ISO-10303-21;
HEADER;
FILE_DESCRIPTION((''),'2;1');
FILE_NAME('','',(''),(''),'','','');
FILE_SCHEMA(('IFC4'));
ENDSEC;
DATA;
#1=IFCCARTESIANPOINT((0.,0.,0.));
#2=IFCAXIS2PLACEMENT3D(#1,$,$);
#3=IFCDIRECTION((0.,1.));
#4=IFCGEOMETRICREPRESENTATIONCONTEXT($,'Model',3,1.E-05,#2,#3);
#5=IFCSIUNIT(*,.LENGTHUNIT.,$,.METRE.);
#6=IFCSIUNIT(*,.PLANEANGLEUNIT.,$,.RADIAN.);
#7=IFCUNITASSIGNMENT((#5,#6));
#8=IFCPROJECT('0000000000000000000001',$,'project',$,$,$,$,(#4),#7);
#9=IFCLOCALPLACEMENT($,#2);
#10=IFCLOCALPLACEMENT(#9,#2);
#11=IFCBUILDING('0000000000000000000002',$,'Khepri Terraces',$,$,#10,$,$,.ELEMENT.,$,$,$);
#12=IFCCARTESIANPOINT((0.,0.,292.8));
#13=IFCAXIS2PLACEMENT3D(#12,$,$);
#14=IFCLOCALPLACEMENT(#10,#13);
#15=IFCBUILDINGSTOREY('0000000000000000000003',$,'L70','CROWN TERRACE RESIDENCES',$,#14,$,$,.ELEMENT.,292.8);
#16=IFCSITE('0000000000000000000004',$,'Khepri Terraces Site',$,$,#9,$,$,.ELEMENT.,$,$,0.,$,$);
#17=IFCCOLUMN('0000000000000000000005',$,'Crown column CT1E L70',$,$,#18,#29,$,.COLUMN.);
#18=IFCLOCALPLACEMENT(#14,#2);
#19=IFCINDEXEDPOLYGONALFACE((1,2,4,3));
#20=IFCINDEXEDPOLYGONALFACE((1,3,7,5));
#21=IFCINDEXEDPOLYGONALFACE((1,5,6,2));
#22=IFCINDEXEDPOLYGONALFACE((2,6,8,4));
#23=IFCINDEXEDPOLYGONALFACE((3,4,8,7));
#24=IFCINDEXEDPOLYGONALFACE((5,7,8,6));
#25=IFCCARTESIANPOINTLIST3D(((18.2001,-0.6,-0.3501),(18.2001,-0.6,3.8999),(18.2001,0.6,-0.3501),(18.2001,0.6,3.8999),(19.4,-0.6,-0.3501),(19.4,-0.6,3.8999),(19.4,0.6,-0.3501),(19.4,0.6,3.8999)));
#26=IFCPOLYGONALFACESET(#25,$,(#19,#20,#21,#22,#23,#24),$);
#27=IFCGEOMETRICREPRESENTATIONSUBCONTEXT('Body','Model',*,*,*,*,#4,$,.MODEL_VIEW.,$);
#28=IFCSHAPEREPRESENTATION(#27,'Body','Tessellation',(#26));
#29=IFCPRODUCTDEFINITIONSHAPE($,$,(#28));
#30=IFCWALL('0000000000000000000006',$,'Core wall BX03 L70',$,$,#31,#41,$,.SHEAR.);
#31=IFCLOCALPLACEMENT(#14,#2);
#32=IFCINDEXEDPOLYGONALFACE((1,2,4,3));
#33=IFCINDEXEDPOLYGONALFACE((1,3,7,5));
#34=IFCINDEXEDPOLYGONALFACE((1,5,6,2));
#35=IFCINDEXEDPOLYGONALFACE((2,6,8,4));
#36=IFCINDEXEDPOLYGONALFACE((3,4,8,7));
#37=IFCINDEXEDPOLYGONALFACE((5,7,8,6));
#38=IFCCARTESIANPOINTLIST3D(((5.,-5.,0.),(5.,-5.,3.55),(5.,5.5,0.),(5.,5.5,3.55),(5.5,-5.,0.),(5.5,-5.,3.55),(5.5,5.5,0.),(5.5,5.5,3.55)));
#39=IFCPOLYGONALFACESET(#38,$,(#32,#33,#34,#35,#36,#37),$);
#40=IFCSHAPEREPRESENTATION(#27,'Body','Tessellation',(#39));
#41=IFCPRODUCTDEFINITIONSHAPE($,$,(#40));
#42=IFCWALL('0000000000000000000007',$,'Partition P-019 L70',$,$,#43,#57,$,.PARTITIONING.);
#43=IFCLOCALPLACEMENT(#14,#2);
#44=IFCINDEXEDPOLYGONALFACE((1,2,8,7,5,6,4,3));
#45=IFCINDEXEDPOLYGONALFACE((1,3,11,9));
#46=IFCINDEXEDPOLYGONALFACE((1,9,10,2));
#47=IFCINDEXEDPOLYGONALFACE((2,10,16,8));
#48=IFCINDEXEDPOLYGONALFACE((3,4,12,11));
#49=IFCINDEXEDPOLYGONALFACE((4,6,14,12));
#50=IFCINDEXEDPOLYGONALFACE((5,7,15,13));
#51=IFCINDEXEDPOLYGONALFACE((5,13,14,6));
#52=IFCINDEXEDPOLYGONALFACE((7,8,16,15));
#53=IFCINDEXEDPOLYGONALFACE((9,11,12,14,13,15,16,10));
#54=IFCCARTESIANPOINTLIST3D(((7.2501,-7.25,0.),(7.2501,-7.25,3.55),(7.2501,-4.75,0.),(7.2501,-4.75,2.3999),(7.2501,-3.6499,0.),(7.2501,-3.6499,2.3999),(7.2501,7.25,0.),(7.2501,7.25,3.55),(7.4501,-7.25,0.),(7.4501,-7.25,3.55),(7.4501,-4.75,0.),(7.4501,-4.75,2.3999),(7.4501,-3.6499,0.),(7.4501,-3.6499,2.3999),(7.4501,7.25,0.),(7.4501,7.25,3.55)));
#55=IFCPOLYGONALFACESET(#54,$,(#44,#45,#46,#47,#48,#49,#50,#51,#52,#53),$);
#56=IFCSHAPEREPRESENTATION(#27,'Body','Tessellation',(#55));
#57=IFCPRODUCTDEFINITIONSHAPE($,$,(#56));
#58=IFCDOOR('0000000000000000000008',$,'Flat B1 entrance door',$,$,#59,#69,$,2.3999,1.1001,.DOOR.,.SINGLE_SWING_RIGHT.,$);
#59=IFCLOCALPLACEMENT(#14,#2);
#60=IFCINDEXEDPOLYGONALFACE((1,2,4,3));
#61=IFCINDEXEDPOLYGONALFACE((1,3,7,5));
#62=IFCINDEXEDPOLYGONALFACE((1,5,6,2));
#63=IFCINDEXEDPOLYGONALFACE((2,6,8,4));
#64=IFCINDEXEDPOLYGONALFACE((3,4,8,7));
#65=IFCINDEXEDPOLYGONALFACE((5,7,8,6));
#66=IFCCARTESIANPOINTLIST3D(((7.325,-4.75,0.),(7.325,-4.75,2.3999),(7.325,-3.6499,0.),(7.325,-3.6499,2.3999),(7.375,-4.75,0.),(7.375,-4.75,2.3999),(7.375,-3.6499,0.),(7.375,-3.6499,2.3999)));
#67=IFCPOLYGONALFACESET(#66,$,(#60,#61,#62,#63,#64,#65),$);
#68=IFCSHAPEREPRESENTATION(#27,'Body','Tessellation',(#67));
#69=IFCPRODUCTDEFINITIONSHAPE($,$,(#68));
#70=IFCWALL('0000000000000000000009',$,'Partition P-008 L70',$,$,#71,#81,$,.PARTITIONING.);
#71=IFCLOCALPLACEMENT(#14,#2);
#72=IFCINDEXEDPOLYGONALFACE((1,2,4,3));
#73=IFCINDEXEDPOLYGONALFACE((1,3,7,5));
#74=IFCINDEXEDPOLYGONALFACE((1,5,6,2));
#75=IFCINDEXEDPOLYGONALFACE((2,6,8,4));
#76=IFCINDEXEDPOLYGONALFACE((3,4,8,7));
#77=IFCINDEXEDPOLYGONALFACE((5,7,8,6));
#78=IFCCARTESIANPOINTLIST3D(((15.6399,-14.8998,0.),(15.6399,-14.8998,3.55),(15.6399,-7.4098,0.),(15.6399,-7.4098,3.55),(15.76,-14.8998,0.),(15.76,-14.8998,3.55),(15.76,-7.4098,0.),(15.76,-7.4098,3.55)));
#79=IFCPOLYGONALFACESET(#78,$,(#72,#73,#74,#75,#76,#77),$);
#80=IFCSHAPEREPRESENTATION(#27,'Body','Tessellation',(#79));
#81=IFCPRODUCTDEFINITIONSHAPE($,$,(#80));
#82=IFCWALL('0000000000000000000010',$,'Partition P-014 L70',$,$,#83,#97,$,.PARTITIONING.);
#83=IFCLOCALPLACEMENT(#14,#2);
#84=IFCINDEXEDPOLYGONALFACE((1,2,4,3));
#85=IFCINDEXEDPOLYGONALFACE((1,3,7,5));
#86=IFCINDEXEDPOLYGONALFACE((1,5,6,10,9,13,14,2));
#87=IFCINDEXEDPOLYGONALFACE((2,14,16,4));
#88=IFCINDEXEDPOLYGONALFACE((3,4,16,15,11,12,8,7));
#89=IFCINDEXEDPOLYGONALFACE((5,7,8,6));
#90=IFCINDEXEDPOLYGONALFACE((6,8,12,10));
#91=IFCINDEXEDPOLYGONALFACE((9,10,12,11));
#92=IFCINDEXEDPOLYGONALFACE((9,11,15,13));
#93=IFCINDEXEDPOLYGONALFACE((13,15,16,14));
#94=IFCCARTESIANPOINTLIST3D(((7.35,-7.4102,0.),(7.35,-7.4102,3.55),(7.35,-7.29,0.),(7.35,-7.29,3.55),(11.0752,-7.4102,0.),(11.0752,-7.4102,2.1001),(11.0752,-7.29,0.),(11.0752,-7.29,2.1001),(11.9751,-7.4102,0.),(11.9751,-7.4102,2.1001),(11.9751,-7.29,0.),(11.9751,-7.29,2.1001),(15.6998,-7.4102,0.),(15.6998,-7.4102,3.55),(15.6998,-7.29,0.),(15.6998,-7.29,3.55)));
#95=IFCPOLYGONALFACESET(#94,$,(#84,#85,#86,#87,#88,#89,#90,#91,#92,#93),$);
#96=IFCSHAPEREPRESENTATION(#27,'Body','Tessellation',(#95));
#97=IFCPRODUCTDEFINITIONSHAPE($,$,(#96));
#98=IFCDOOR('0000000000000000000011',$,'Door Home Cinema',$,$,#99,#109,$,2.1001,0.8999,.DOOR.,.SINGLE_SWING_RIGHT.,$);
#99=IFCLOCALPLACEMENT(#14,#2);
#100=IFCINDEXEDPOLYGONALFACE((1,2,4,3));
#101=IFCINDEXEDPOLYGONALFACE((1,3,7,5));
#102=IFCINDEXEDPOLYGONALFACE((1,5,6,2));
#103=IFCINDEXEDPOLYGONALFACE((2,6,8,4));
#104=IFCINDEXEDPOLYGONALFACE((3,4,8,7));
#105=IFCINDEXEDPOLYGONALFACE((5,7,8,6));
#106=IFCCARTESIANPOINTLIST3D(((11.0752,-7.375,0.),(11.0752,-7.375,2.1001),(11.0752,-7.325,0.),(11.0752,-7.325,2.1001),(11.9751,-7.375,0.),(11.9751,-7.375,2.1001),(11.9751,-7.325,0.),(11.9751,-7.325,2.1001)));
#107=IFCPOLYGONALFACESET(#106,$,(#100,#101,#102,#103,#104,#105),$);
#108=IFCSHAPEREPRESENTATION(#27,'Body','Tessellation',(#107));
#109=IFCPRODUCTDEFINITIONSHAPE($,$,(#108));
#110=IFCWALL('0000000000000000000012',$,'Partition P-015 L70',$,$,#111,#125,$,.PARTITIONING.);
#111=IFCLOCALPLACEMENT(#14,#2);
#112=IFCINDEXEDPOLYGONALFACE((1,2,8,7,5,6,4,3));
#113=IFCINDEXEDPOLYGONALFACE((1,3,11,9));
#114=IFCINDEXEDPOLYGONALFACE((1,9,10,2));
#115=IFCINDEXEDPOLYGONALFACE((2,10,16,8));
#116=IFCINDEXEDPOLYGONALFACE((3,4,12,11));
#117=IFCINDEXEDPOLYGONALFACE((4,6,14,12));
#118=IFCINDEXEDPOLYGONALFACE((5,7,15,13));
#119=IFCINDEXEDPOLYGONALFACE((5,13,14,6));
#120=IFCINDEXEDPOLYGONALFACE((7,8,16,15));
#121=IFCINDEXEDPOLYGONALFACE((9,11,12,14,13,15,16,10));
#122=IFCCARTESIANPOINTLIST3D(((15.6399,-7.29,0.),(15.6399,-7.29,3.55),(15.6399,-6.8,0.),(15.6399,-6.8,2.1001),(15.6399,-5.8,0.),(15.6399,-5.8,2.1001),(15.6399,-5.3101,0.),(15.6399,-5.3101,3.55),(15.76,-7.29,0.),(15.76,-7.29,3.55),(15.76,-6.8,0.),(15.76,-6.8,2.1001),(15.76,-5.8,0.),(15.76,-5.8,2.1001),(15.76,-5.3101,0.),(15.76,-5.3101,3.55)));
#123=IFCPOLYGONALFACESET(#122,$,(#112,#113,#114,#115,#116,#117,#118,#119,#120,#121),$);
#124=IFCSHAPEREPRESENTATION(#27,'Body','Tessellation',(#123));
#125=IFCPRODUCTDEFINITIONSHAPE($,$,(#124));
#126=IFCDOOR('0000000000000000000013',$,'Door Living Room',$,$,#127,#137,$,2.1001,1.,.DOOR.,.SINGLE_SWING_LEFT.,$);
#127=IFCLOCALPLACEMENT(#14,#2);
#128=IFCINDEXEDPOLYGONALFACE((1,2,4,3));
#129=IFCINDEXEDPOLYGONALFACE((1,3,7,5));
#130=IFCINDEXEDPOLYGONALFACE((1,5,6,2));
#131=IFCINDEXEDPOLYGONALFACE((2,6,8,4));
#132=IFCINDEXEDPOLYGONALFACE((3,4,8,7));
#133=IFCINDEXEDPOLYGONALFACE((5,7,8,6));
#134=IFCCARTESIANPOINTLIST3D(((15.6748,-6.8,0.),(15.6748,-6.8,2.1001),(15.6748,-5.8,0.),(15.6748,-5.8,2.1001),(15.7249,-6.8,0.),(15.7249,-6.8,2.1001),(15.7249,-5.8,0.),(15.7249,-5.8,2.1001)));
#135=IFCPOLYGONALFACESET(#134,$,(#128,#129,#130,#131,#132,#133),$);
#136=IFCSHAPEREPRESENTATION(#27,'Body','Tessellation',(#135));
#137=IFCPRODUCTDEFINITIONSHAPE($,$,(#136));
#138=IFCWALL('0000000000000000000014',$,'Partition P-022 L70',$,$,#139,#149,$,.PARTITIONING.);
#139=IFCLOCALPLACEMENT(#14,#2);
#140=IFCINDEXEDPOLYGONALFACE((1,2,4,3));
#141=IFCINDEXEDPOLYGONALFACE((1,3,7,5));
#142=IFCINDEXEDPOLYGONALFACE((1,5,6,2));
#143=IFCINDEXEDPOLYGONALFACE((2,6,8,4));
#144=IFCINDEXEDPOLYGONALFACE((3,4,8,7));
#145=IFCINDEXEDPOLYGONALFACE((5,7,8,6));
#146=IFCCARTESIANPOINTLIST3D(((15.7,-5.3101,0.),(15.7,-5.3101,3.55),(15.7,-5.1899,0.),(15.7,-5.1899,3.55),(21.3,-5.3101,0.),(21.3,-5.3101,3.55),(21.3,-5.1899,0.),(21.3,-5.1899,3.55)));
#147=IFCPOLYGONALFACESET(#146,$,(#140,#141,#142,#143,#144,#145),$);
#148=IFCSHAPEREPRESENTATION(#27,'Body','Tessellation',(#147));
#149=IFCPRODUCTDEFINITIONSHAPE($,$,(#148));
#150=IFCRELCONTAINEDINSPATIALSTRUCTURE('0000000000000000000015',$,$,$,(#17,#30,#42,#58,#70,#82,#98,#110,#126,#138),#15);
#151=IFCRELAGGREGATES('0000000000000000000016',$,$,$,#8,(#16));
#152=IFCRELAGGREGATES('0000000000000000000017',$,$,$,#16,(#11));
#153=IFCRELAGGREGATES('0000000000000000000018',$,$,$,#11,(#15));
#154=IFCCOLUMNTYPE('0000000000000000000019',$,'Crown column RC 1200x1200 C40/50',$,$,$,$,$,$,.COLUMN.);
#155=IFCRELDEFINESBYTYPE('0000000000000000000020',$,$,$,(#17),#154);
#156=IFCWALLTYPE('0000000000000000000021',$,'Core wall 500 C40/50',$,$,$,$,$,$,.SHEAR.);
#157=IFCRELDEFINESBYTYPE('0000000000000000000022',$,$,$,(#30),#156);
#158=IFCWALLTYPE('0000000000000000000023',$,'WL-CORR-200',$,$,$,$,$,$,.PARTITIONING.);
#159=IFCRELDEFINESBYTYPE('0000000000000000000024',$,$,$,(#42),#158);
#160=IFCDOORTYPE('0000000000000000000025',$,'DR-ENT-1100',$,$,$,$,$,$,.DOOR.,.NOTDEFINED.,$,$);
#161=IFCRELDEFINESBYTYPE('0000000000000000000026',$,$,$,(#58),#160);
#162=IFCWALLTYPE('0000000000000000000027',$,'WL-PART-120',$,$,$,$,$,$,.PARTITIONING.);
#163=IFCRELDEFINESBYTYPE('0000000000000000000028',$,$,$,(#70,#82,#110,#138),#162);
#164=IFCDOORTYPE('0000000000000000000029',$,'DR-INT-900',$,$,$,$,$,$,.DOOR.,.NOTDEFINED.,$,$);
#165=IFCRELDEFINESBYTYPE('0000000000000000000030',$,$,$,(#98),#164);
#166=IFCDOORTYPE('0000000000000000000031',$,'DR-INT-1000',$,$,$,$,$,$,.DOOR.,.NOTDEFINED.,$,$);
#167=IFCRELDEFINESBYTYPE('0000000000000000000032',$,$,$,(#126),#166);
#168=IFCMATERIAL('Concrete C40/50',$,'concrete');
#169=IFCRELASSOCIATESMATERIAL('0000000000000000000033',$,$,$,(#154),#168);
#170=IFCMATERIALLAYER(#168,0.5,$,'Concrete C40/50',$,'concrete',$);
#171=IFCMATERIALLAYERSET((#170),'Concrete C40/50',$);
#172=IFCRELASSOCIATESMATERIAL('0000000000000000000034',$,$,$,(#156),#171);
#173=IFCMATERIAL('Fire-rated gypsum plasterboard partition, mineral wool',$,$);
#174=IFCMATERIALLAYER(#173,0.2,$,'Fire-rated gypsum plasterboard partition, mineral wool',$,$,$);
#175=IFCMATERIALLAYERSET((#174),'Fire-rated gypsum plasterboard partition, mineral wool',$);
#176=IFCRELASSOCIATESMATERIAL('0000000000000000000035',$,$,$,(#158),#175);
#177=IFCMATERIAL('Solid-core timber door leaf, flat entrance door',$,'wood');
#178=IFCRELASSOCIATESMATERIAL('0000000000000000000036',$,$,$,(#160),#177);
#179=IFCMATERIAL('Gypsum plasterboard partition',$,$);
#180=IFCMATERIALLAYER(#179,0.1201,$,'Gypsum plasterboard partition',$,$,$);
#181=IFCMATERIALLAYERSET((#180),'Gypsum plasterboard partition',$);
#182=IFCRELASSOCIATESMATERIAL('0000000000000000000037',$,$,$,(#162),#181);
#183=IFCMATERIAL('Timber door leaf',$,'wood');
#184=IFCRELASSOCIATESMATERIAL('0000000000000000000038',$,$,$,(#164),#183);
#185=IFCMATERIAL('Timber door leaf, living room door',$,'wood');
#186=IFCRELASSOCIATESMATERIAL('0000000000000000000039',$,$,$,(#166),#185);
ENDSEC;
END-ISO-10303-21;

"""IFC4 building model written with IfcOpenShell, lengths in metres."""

from ifc_helpers import new_model, si_unit, direction, frame, frame_2d, origin, origin_2d, place, context, subcontext, project, spatial, rectangle, extrude, material, layer, layer_set, material_profile, profile_set, type_object, element, fill, save


model = new_model("IFC4")

# Units and contexts
model_context = context("Model", 3, precision=1e-05, world=origin(), true_north=direction((0.0, 1.0)))
body_context = subcontext(model_context, "Body", "Model", "MODEL_VIEW")
ifc_project = project(units=[si_unit("LENGTHUNIT", "METRE"), si_unit("PLANEANGLEUNIT", "RADIAN")], contexts=[model_context])

# Site, building, storey
site_placement = place(None, origin())
site = spatial("IfcSite", under=ifc_project, at=site_placement, Name="Khepri Terraces Site", CompositionType="ELEMENT", RefElevation=0.0)
building_placement = place(site_placement, origin())
building = spatial("IfcBuilding", under=site, at=building_placement, Name="Khepri Terraces", CompositionType="ELEMENT")
storey_placement = place(building_placement, frame((0.0, 0.0, 292.8)))
storey = spatial("IfcBuildingStorey", under=building, at=storey_placement, Name="L70", Description="CROWN TERRACE RESIDENCES", CompositionType="ELEMENT", Elevation=292.8)

# Column
ifc_material_1 = material(Name="Concrete C40/50", Category="concrete")
ifc_material_profile = material_profile(ifc_material_1, rectangle(XDim=1.2, YDim=1.2, at=origin_2d()), Name="Concrete C40/50", Category="concrete")
ifc_profile_set = profile_set([ifc_material_profile], Name="Concrete C40/50")
column_type = type_object("IfcColumnType", Name="Crown column RC 1200x1200 C40/50", PredefinedType="COLUMN", material=ifc_profile_set)
column_placement = place(storey_placement, frame((18.8, 0.0, -0.3501), z_axis=(0.0, 0.0, 1.0), x_axis=(1.0, 0.0, 0.0)))
element("IfcColumn", 1, at=column_placement, inside=storey, type_object=column_type, Name="Crown column CT1E L70", PredefinedType="COLUMN", context=body_context, shape_type="SweptSolid", body=[
    extrude(rectangle(XDim=1.2, YDim=1.2, at=origin_2d()), origin(), (0.0, 0.0, 1.0), 4.25),
])

# Wall
ifc_layer_1 = layer(ifc_material_1, 0.5, Name="Concrete C40/50", Category="concrete")
ifc_layer_set_1 = layer_set([ifc_layer_1], Name="Concrete C40/50")
wall_type_1 = type_object("IfcWallType", Name="Core wall 500 C40/50", PredefinedType="SHEAR", material=ifc_layer_set_1)
wall_1_placement = place(storey_placement, frame((5.25, -5.0, 0.0), z_axis=(0.0, 0.0, 1.0), x_axis=(0.0, 1.0, 0.0)))
element("IfcWall", 2, at=wall_1_placement, inside=storey, type_object=wall_type_1, Name="Core wall BX03 L70", PredefinedType="SHEAR", context=body_context, shape_type="SweptSolid", body=[
    extrude(rectangle(XDim=10.5, YDim=0.5, at=frame_2d((5.25, 0.0))), origin(), (0.0, 0.0, 1.0), 3.55),
])

# Wall, opening, door
ifc_material_2 = material(Name="Fire-rated gypsum plasterboard partition, mineral wool")
ifc_layer_2 = layer(ifc_material_2, 0.2, Name="Fire-rated gypsum plasterboard partition, mineral wool")
ifc_layer_set_2 = layer_set([ifc_layer_2], Name="Fire-rated gypsum plasterboard partition, mineral wool")
wall_type_2 = type_object("IfcWallType", Name="WL-CORR-200", PredefinedType="PARTITIONING", material=ifc_layer_set_2)
wall_2_placement = place(storey_placement, frame((7.3501, -7.25, 0.0), z_axis=(0.0, 0.0, 1.0), x_axis=(0.0, 1.0, 0.0)))
wall_2 = element("IfcWall", 3, at=wall_2_placement, inside=storey, type_object=wall_type_2, Name="Partition P-019 L70", PredefinedType="PARTITIONING", context=body_context, shape_type="SweptSolid", body=[
    extrude(rectangle(XDim=14.5, YDim=0.2, at=frame_2d((7.25, 0.0))), origin(), (0.0, 0.0, 1.0), 3.55),
])
opening_1_placement = place(wall_2_placement, frame((2.5, 0.0, 0.0)))
opening_1 = element("IfcOpeningElement", 4, at=opening_1_placement, cuts=wall_2, PredefinedType="OPENING", context=body_context, shape_type="SweptSolid", body=[
    extrude(rectangle(XDim=1.1001, YDim=2.3999, at=frame_2d((0.55, 1.2))), frame((0.0, 0.1099, 0.0), z_axis=(0.0, -1.0, 0.0), x_axis=(1.0, 0.0, 0.0)), (0.0, 0.0, 1.0), 0.22),
])
ifc_material_3 = material(Name="Solid-core timber door leaf, flat entrance door", Category="wood")
door_type_1 = type_object("IfcDoorType", Name="DR-ENT-1100", OperationType="NOTDEFINED", PredefinedType="DOOR", material=ifc_material_3)
door_1_placement = place(opening_1_placement, frame((1.1001, 0.0, 0.0), z_axis=(0.0, 0.0, 1.0), x_axis=(-1.0, 0.0, 0.0)))
door_1 = element("IfcDoor", 5, at=door_1_placement, inside=storey, type_object=door_type_1, Name="Flat B1 entrance door", OperationType="SINGLE_SWING_RIGHT", OverallHeight=2.3999, OverallWidth=1.1001, PredefinedType="DOOR", context=body_context, shape_type="SweptSolid", body=[
    extrude(rectangle(XDim=1.1001, YDim=2.3999, at=frame_2d((0.55, 1.2))), frame((0.0, 0.0249, 0.0), z_axis=(0.0, -1.0, 0.0), x_axis=(1.0, 0.0, 0.0)), (0.0, 0.0, 1.0), 0.05),
])
fill(opening_1, door_1)

# Wall
ifc_material_4 = material(Name="Gypsum plasterboard partition")
ifc_layer_3 = layer(ifc_material_4, 0.1201, Name="Gypsum plasterboard partition")
ifc_layer_set_3 = layer_set([ifc_layer_3], Name="Gypsum plasterboard partition")
wall_type_3 = type_object("IfcWallType", Name="WL-PART-120", PredefinedType="PARTITIONING", material=ifc_layer_set_3)
wall_3_placement = place(storey_placement, frame((15.7, -14.8999, 0.0), z_axis=(0.0, 0.0, 1.0), x_axis=(0.0, 1.0, 0.0)))
element("IfcWall", 6, at=wall_3_placement, inside=storey, type_object=wall_type_3, Name="Partition P-008 L70", PredefinedType="PARTITIONING", context=body_context, shape_type="SweptSolid", body=[
    extrude(rectangle(XDim=7.49, YDim=0.1201, at=frame_2d((3.7451, 0.0))), origin(), (0.0, 0.0, 1.0), 3.55),
])

# Walls, openings, doors
wall_4_placement = place(storey_placement, frame((7.3501, -7.3501, 0.0), z_axis=(0.0, 0.0, 1.0), x_axis=(1.0, 0.0, 0.0)))
wall_4 = element("IfcWall", 7, at=wall_4_placement, inside=storey, type_object=wall_type_3, Name="Partition P-014 L70", PredefinedType="PARTITIONING", context=body_context, shape_type="SweptSolid", body=[
    extrude(rectangle(XDim=8.3499, YDim=0.1201, at=frame_2d((4.1748, 0.0))), origin(), (0.0, 0.0, 1.0), 3.55),
])
opening_2_placement = place(wall_4_placement, frame((3.7251, 0.0, 0.0)))
opening_2 = element("IfcOpeningElement", 8, at=opening_2_placement, cuts=wall_4, PredefinedType="OPENING", context=body_context, shape_type="SweptSolid", body=[
    extrude(rectangle(XDim=0.8999, YDim=2.1001, at=frame_2d((0.45, 1.05))), frame((0.0, 0.0701, 0.0), z_axis=(0.0, -1.0, 0.0), x_axis=(1.0, 0.0, 0.0)), (0.0, 0.0, 1.0), 0.1401),
])
ifc_material_5 = material(Name="Timber door leaf", Category="wood")
door_type_2 = type_object("IfcDoorType", Name="DR-INT-900", OperationType="NOTDEFINED", PredefinedType="DOOR", material=ifc_material_5)
door_2_placement = place(opening_2_placement, frame((0.8999, 0.0, 0.0), z_axis=(0.0, 0.0, 1.0), x_axis=(-1.0, 0.0, 0.0)))
door_2 = element("IfcDoor", 9, at=door_2_placement, inside=storey, type_object=door_type_2, Name="Door Home Cinema", OperationType="SINGLE_SWING_RIGHT", OverallHeight=2.1001, OverallWidth=0.8999, PredefinedType="DOOR", context=body_context, shape_type="SweptSolid", body=[
    extrude(rectangle(XDim=0.8999, YDim=2.1001, at=frame_2d((0.45, 1.05))), frame((0.0, 0.0249, 0.0), z_axis=(0.0, -1.0, 0.0), x_axis=(1.0, 0.0, 0.0)), (0.0, 0.0, 1.0), 0.05),
])
fill(opening_2, door_2)
wall_5_placement = place(storey_placement, frame((15.7, -7.29, 0.0), z_axis=(0.0, 0.0, 1.0), x_axis=(0.0, 1.0, 0.0)))
wall_5 = element("IfcWall", 10, at=wall_5_placement, inside=storey, type_object=wall_type_3, Name="Partition P-015 L70", PredefinedType="PARTITIONING", context=body_context, shape_type="SweptSolid", body=[
    extrude(rectangle(XDim=1.98, YDim=0.1201, at=frame_2d((0.99, 0.0))), origin(), (0.0, 0.0, 1.0), 3.55),
])
opening_3_placement = place(wall_5_placement, frame((0.49, 0.0, 0.0)))
opening_3 = element("IfcOpeningElement", 11, at=opening_3_placement, cuts=wall_5, PredefinedType="OPENING", context=body_context, shape_type="SweptSolid", body=[
    extrude(rectangle(XDim=1.0, YDim=2.1001, at=frame_2d((0.5, 1.05))), frame((0.0, 0.0701, 0.0), z_axis=(0.0, -1.0, 0.0), x_axis=(1.0, 0.0, 0.0)), (0.0, 0.0, 1.0), 0.1401),
])
ifc_material_6 = material(Name="Timber door leaf, living room door", Category="wood")
door_type_3 = type_object("IfcDoorType", Name="DR-INT-1000", OperationType="NOTDEFINED", PredefinedType="DOOR", material=ifc_material_6)
door_3_placement = place(opening_3_placement, frame((1.0, 0.0, 0.0), z_axis=(0.0, 0.0, 1.0), x_axis=(-1.0, 0.0, 0.0)))
door_3 = element("IfcDoor", 12, at=door_3_placement, inside=storey, type_object=door_type_3, Name="Door Living Room", OperationType="SINGLE_SWING_LEFT", OverallHeight=2.1001, OverallWidth=1.0, PredefinedType="DOOR", context=body_context, shape_type="SweptSolid", body=[
    extrude(rectangle(XDim=1.0, YDim=2.1001, at=frame_2d((0.5, 1.05))), frame((0.0, 0.0249, 0.0), z_axis=(0.0, -1.0, 0.0), x_axis=(1.0, 0.0, 0.0)), (0.0, 0.0, 1.0), 0.05),
])
fill(opening_3, door_3)

# Wall
wall_6_placement = place(storey_placement, frame((15.7, -5.25, 0.0), z_axis=(0.0, 0.0, 1.0), x_axis=(1.0, 0.0, 0.0)))
element("IfcWall", 13, at=wall_6_placement, inside=storey, type_object=wall_type_3, Name="Partition P-022 L70", PredefinedType="PARTITIONING", context=body_context, shape_type="SweptSolid", body=[
    extrude(rectangle(XDim=5.6001, YDim=0.1201, at=frame_2d((2.8, 0.0))), origin(), (0.0, 0.0, 1.0), 3.55),
])

save(model, "model.ifc")
